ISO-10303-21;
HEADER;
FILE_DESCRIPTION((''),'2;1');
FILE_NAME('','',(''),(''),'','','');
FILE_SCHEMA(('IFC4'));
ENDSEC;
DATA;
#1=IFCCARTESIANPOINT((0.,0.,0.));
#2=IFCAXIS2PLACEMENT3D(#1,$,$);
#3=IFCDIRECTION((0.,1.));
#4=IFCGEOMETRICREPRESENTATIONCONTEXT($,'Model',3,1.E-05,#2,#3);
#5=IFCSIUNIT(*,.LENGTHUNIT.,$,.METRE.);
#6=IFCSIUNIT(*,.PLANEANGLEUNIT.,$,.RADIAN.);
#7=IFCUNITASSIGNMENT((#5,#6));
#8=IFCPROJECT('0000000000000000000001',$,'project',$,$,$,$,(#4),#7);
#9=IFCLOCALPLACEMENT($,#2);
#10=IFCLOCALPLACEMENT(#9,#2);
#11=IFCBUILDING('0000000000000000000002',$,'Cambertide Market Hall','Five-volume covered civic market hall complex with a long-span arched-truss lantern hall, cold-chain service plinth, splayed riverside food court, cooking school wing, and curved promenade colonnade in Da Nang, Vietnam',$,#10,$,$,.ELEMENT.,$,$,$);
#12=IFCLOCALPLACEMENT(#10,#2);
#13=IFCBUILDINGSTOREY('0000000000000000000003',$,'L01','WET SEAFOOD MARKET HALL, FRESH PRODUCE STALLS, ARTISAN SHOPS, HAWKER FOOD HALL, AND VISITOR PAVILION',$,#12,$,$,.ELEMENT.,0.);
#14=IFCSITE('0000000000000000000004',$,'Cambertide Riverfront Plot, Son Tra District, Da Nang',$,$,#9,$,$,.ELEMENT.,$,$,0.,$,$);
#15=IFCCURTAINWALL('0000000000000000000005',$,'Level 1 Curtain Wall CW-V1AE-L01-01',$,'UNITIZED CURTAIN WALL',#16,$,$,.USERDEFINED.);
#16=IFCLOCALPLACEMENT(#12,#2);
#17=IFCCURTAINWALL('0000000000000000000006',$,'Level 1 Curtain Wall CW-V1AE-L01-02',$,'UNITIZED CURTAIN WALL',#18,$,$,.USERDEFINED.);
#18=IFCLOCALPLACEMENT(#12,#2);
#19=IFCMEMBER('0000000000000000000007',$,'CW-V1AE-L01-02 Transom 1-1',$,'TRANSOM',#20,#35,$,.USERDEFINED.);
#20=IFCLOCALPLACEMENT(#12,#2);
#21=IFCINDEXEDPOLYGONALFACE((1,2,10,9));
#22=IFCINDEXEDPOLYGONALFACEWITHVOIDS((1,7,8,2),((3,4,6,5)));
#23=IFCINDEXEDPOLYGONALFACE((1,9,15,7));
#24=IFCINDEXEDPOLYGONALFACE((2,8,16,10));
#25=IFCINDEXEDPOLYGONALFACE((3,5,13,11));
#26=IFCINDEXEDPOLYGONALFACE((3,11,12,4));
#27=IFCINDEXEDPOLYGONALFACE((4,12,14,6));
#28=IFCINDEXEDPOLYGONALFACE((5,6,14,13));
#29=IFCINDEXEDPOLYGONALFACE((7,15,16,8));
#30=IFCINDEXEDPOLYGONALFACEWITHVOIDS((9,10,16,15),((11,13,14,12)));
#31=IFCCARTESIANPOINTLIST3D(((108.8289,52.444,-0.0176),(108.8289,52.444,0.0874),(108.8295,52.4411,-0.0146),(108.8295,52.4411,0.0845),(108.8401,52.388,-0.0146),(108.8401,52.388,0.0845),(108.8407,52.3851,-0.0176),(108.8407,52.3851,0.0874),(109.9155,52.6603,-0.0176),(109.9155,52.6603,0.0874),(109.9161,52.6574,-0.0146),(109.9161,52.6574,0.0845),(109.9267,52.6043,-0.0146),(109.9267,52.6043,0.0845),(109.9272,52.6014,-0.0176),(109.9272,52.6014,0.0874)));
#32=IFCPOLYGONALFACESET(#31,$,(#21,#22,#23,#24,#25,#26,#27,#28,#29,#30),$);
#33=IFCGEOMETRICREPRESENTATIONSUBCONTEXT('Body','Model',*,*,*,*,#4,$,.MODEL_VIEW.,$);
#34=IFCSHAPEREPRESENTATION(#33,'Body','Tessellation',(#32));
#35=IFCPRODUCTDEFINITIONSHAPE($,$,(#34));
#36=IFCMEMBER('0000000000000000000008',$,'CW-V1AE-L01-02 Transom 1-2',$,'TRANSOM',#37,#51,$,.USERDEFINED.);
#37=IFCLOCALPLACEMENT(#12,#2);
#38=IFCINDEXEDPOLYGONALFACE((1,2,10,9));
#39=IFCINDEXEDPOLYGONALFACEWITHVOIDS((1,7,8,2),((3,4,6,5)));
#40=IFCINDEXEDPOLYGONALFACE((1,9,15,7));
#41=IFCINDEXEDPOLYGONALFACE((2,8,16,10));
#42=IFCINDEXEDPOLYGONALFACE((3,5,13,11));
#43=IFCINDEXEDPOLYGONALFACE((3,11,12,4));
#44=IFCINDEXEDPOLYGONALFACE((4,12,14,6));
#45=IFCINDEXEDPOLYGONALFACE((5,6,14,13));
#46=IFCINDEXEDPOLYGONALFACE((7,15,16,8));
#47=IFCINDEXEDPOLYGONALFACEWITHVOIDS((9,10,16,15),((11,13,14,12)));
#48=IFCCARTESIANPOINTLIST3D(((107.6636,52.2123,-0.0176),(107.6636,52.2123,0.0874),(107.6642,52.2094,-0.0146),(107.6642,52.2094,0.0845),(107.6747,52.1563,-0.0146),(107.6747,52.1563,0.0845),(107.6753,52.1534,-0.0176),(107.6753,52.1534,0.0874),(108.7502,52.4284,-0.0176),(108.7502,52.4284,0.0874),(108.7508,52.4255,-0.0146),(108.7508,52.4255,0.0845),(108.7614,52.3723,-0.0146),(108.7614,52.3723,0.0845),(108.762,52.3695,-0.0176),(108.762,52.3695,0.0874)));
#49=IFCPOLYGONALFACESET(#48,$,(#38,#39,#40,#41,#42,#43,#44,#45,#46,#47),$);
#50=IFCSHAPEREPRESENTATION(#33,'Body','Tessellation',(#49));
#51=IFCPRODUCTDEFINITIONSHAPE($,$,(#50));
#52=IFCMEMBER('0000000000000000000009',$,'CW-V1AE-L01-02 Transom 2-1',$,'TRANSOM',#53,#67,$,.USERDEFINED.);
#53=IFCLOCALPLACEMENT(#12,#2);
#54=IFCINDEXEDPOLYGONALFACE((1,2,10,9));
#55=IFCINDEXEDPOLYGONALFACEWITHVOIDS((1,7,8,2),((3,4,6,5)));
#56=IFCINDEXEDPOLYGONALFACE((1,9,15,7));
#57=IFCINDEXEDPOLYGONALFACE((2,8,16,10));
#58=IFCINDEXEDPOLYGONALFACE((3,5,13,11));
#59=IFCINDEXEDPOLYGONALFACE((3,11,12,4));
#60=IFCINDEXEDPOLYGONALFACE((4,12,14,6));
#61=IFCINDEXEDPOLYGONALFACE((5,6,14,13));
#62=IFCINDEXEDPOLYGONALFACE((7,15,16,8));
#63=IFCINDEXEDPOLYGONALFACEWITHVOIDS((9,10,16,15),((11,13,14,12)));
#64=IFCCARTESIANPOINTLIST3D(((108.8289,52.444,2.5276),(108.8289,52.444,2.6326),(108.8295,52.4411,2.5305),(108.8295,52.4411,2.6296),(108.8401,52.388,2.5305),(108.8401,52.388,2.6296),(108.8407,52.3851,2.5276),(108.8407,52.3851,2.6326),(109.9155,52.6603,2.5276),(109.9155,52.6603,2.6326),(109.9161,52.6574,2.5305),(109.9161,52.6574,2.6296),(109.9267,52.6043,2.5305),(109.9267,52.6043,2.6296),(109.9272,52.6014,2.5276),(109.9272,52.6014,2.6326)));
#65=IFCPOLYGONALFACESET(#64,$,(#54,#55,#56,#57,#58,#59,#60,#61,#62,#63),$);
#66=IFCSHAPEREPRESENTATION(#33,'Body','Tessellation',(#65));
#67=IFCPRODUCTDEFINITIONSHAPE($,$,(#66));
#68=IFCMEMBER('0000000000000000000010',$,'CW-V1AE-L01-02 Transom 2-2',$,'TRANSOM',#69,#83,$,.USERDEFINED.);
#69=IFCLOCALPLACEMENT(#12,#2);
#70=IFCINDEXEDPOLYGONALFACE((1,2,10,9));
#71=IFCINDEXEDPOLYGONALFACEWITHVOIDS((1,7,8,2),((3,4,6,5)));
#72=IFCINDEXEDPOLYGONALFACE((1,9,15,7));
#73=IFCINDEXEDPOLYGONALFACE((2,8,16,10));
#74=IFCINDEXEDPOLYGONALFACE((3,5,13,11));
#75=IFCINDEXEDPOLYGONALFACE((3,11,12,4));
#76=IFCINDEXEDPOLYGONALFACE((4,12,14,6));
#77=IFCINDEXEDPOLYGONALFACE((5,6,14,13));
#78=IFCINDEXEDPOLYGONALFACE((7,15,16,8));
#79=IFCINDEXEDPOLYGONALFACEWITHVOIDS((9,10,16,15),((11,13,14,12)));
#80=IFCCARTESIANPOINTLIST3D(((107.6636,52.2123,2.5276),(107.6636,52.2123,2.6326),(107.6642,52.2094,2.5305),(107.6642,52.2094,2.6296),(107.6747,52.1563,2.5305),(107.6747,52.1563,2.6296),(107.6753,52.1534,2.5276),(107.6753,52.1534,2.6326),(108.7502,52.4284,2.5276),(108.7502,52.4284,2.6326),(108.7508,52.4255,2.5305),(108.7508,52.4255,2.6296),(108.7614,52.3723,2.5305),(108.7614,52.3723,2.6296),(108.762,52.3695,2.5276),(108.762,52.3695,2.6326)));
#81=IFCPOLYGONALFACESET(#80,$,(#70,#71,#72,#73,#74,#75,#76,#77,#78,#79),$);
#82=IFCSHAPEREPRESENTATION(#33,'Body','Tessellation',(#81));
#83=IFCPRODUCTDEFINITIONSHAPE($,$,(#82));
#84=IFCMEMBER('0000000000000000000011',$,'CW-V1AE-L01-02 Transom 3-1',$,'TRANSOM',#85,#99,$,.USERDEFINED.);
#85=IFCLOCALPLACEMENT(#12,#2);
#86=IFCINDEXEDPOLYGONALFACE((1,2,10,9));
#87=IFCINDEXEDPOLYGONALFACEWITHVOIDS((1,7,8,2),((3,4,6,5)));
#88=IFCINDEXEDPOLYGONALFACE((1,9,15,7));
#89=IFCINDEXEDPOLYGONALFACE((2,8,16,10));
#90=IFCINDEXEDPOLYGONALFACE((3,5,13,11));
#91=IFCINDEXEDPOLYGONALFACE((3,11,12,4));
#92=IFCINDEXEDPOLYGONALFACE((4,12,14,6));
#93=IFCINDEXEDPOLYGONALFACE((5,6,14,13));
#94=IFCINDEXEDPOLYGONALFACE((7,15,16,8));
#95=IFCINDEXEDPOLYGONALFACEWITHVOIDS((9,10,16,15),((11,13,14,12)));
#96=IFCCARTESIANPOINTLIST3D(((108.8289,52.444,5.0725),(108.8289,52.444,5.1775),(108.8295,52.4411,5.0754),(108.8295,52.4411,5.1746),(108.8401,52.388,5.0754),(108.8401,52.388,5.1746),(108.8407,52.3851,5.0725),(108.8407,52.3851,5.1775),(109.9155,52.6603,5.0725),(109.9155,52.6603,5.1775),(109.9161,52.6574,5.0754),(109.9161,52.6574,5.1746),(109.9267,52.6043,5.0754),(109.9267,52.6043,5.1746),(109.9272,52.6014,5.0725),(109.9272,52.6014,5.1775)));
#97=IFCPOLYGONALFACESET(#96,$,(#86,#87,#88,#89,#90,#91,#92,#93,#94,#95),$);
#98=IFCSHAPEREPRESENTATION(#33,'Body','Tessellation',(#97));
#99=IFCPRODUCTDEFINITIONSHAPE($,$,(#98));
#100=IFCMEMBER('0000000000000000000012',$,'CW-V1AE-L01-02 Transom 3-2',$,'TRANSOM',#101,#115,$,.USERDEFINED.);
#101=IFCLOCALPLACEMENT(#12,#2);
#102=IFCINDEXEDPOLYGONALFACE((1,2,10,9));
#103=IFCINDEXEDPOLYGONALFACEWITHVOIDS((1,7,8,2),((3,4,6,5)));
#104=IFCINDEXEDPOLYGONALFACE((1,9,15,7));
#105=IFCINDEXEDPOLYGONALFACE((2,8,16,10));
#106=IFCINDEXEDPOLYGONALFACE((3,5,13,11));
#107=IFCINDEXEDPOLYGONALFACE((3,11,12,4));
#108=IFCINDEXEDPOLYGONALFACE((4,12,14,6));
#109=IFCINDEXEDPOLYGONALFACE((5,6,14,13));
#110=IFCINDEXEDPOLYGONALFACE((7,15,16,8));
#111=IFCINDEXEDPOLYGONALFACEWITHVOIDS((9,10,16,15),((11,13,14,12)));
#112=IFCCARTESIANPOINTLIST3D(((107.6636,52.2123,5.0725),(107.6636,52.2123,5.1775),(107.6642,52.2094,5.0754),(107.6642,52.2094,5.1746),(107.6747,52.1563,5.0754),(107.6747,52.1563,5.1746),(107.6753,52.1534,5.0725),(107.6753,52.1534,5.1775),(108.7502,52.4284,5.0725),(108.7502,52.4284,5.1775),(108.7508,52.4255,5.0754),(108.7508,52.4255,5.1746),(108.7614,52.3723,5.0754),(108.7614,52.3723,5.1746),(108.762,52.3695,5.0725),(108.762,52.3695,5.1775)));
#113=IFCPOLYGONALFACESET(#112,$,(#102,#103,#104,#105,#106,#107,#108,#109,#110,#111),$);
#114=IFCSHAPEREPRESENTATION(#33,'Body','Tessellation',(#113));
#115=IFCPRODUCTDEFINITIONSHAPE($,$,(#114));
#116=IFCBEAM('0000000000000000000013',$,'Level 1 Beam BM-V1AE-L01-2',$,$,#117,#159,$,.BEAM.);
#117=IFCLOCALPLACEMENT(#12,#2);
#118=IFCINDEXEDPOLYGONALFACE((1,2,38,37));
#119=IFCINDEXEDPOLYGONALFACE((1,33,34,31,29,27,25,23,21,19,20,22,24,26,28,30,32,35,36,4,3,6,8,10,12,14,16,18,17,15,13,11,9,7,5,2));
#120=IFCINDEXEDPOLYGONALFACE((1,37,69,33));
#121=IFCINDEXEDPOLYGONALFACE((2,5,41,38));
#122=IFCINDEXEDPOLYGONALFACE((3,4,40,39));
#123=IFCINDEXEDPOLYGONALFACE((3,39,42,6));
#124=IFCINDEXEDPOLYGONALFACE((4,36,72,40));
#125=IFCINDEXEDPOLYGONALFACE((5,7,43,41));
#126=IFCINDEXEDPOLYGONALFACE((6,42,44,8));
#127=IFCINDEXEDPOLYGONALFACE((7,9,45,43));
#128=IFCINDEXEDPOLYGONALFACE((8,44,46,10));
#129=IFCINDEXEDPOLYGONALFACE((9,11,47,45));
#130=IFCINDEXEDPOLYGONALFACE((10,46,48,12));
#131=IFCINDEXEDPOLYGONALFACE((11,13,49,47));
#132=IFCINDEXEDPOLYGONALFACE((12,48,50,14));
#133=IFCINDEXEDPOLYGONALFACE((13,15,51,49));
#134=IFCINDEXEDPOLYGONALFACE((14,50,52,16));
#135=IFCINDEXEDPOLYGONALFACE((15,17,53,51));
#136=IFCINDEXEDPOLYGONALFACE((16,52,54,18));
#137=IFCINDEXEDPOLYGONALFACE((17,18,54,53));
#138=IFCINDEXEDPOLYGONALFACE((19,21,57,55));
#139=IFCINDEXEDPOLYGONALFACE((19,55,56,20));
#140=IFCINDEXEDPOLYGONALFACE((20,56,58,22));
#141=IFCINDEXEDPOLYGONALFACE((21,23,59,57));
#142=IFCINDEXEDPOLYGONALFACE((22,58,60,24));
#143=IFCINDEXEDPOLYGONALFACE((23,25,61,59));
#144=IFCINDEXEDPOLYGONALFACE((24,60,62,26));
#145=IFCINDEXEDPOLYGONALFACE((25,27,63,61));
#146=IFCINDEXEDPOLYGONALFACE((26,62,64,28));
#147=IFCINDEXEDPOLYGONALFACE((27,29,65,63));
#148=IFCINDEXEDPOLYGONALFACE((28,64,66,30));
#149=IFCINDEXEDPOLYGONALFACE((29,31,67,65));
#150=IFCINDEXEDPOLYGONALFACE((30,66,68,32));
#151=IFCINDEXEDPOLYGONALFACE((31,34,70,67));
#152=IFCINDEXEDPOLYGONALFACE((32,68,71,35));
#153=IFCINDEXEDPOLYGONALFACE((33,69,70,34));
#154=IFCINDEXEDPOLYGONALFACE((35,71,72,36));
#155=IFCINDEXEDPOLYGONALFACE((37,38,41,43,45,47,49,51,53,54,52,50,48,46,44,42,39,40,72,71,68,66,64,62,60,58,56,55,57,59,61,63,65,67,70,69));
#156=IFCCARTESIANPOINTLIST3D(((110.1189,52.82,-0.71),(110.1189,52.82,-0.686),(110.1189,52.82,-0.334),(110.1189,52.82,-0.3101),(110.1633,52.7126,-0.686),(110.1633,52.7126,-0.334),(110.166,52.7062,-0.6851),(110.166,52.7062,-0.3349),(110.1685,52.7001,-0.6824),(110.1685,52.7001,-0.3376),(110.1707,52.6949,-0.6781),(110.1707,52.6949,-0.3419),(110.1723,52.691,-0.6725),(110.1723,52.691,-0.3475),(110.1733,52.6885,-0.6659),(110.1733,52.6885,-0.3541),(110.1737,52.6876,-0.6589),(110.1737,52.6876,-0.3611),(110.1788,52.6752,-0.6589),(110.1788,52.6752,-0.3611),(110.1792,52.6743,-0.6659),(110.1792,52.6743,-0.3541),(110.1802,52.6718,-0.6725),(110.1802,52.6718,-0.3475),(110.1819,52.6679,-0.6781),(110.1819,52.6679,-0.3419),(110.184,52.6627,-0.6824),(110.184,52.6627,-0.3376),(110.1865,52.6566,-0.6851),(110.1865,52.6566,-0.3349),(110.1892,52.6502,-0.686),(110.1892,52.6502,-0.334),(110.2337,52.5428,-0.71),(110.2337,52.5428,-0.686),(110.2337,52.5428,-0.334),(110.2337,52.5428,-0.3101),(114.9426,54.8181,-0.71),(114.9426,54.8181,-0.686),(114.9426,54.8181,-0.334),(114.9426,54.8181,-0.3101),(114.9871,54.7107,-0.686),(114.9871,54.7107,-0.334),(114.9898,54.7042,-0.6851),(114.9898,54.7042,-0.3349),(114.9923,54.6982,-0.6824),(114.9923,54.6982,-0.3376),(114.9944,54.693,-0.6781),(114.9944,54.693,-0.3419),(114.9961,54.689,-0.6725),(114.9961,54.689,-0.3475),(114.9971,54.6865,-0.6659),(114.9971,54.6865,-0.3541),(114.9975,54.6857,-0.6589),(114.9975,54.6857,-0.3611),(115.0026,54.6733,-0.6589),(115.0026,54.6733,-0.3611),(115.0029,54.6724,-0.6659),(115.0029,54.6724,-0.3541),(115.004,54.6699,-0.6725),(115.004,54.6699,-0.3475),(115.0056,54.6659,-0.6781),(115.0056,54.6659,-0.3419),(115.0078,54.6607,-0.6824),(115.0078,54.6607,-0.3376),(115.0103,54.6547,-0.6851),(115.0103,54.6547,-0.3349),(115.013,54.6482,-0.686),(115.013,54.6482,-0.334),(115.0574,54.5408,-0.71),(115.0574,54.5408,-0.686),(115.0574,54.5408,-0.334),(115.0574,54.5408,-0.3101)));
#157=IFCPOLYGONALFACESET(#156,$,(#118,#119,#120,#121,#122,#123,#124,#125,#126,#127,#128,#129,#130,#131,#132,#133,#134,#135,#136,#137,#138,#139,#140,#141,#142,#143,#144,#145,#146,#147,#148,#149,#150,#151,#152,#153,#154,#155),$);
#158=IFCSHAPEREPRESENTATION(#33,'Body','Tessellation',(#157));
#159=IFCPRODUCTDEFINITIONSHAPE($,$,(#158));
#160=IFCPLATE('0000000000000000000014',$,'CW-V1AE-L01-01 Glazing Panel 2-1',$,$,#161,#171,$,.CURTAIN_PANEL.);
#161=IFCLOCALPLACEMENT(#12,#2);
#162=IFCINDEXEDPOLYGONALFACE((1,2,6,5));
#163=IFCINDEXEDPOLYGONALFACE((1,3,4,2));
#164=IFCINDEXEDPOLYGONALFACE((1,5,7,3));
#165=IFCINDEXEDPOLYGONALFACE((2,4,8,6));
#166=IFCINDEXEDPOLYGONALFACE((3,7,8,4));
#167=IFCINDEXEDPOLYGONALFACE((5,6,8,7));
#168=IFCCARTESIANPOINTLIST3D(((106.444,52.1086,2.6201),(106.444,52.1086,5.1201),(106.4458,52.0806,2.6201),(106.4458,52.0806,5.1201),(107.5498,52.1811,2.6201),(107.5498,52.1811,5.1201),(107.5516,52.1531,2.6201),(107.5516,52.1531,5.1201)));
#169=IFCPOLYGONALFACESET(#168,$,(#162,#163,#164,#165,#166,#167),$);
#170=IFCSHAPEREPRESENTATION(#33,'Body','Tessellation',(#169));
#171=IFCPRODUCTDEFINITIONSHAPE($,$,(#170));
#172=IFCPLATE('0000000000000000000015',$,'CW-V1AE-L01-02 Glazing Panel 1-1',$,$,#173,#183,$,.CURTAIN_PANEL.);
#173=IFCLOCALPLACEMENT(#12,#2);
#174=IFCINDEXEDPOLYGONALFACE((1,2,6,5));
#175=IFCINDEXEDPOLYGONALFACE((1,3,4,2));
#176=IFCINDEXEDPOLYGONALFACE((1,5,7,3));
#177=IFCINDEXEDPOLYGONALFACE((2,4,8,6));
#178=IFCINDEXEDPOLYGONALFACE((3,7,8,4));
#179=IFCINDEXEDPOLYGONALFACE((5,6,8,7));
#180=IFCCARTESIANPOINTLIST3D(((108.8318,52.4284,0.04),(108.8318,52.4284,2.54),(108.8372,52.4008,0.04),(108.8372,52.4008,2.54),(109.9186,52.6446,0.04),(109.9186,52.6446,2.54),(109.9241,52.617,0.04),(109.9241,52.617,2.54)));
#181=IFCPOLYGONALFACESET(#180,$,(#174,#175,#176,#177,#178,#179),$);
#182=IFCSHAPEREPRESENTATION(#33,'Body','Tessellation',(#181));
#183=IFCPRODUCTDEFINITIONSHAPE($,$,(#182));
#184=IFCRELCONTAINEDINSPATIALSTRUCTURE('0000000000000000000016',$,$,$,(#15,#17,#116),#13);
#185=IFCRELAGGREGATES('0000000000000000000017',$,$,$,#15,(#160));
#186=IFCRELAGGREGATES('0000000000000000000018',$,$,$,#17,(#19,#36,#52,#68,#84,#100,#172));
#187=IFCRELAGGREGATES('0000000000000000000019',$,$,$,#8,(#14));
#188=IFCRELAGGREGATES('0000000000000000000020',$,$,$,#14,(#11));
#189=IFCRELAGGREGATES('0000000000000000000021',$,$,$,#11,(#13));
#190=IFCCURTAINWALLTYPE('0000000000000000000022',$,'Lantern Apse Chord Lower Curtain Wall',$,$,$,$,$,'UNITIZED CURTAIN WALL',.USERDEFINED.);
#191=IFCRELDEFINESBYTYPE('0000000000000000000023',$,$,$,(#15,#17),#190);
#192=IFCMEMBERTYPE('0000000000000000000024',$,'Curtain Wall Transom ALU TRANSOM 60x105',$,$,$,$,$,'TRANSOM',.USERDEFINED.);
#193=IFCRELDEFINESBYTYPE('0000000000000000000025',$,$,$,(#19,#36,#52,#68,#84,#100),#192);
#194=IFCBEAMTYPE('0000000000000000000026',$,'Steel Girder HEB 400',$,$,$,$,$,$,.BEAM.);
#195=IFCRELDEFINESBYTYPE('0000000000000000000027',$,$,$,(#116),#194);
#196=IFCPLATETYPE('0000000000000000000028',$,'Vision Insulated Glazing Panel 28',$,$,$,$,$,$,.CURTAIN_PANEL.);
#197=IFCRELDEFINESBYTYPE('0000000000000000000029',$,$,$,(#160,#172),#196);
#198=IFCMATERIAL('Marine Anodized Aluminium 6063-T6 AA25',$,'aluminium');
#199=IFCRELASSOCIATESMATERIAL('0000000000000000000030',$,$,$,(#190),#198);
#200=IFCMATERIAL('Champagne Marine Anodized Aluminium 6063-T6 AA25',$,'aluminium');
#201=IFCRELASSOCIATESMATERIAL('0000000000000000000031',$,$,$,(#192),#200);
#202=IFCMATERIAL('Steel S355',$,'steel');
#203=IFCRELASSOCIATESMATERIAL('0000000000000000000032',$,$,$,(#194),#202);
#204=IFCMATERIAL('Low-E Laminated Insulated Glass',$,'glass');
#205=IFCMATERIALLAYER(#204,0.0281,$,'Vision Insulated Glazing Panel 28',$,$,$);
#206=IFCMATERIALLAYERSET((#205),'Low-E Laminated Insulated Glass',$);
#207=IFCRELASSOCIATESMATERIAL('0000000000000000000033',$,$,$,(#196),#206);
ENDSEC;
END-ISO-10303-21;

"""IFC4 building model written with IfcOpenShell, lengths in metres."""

from ifc_helpers import new_model, si_unit, direction, frame, origin, origin_2d, place, context, subcontext, project, spatial, rectangle, hollow_rectangle, i_section, extrude, material, layer, layer_set, material_profile, profile_set, type_object, element, aggregate, save


model = new_model("IFC4")

# Units and contexts
model_context = context("Model", 3, precision=1e-05, world=origin(), true_north=direction((0.0, 1.0)))
body_context = subcontext(model_context, "Body", "Model", "MODEL_VIEW")
ifc_project = project(units=[si_unit("LENGTHUNIT", "METRE"), si_unit("PLANEANGLEUNIT", "RADIAN")], contexts=[model_context])

# Site, building, storey
site_placement = place(None, origin())
site = spatial("IfcSite", under=ifc_project, at=site_placement, Name="Cambertide Riverfront Plot, Son Tra District, Da Nang", CompositionType="ELEMENT", RefElevation=0.0)
building_placement = place(site_placement, origin())
building = spatial("IfcBuilding", under=site, at=building_placement, Name="Cambertide Market Hall", Description="Five-volume covered civic market hall complex with a long-span arched-truss lantern hall, cold-chain service plinth, splayed riverside food court, cooking school wing, and curved promenade colonnade in Da Nang, Vietnam", CompositionType="ELEMENT")
storey_placement = place(building_placement, origin())
storey = spatial("IfcBuildingStorey", under=building, at=storey_placement, Name="L01", Description="WET SEAFOOD MARKET HALL, FRESH PRODUCE STALLS, ARTISAN SHOPS, HAWKER FOOD HALL, AND VISITOR PAVILION", CompositionType="ELEMENT", Elevation=0.0)

# Curtain wall
ifc_material_1 = material(Name="Marine Anodized Aluminium 6063-T6 AA25", Category="aluminium")
curtain_wall_type = type_object("IfcCurtainWallType", Name="Lantern Apse Chord Lower Curtain Wall", ElementType="UNITIZED CURTAIN WALL", PredefinedType="USERDEFINED", material=ifc_material_1)
curtain_wall_1_placement = place(storey_placement, origin())
curtain_wall_1 = element("IfcCurtainWall", 1, at=curtain_wall_1_placement, inside=storey, type_object=curtain_wall_type, Name="Level 1 Curtain Wall CW-V1AE-L01-01", ObjectType="UNITIZED CURTAIN WALL", PredefinedType="USERDEFINED")

# Curtain wall
curtain_wall_2_placement = place(storey_placement, origin())
curtain_wall_2 = element("IfcCurtainWall", 2, at=curtain_wall_2_placement, inside=storey, type_object=curtain_wall_type, Name="Level 1 Curtain Wall CW-V1AE-L01-02", ObjectType="UNITIZED CURTAIN WALL", PredefinedType="USERDEFINED")

# Members
ifc_material_2 = material(Name="Champagne Marine Anodized Aluminium 6063-T6 AA25", Category="aluminium")
ifc_material_profile_1 = material_profile(ifc_material_2, hollow_rectangle(XDim=0.0601, YDim=0.105, WallThickness=0.0029, at=origin_2d()), Name="ALU TRANSOM 60x105")
ifc_profile_set_1 = profile_set([ifc_material_profile_1], Name="Champagne Marine Anodized Aluminium 6063-T6 AA25")
member_type_1 = type_object("IfcMemberType", Name="Curtain Wall Transom ALU TRANSOM 60x105", ElementType="TRANSOM", PredefinedType="USERDEFINED", material=ifc_profile_set_1)
member_1_placement = place(storey_placement, frame((109.9214, 52.6309, 0.0349), z_axis=(-0.980758, -0.195226, 0.0), x_axis=(0.195226, -0.980758, 0.0)))
member_1 = element("IfcMember", 3, at=member_1_placement, type_object=member_type_1, Name="CW-V1AE-L01-02 Transom 1-1", ObjectType="TRANSOM", PredefinedType="USERDEFINED", context=body_context, shape_type="SweptSolid", body=[
    extrude(hollow_rectangle(XDim=0.0601, YDim=0.105, WallThickness=0.0029, at=origin_2d()), origin(), (0.0, 0.0, 1.0), 1.1079),
])
member_2_placement = place(storey_placement, frame((108.7561, 52.3989, 0.0349), z_axis=(-0.9808, -0.195014, 0.0), x_axis=(0.195014, -0.9808, 0.0)))
member_2 = element("IfcMember", 4, at=member_2_placement, type_object=member_type_1, Name="CW-V1AE-L01-02 Transom 1-2", ObjectType="TRANSOM", PredefinedType="USERDEFINED", context=body_context, shape_type="SweptSolid", body=[
    extrude(hollow_rectangle(XDim=0.0601, YDim=0.105, WallThickness=0.0029, at=origin_2d()), origin(), (0.0, 0.0, 1.0), 1.1079),
])
member_3_placement = place(storey_placement, frame((109.9214, 52.6309, 2.5801), z_axis=(-0.980758, -0.195226, 0.0), x_axis=(0.195226, -0.980758, 0.0)))
member_3 = element("IfcMember", 5, at=member_3_placement, type_object=member_type_1, Name="CW-V1AE-L01-02 Transom 2-1", ObjectType="TRANSOM", PredefinedType="USERDEFINED", context=body_context, shape_type="SweptSolid", body=[
    extrude(hollow_rectangle(XDim=0.0601, YDim=0.105, WallThickness=0.0029, at=origin_2d()), origin(), (0.0, 0.0, 1.0), 1.1079),
])
member_4_placement = place(storey_placement, frame((108.7561, 52.3989, 2.5801), z_axis=(-0.9808, -0.195014, 0.0), x_axis=(0.195014, -0.9808, 0.0)))
member_4 = element("IfcMember", 6, at=member_4_placement, type_object=member_type_1, Name="CW-V1AE-L01-02 Transom 2-2", ObjectType="TRANSOM", PredefinedType="USERDEFINED", context=body_context, shape_type="SweptSolid", body=[
    extrude(hollow_rectangle(XDim=0.0601, YDim=0.105, WallThickness=0.0029, at=origin_2d()), origin(), (0.0, 0.0, 1.0), 1.1079),
])
member_5_placement = place(storey_placement, frame((109.9214, 52.6309, 5.125), z_axis=(-0.980758, -0.195226, 0.0), x_axis=(0.195226, -0.980758, 0.0)))
member_5 = element("IfcMember", 7, at=member_5_placement, type_object=member_type_1, Name="CW-V1AE-L01-02 Transom 3-1", ObjectType="TRANSOM", PredefinedType="USERDEFINED", context=body_context, shape_type="SweptSolid", body=[
    extrude(hollow_rectangle(XDim=0.0601, YDim=0.105, WallThickness=0.0029, at=origin_2d()), origin(), (0.0, 0.0, 1.0), 1.1079),
])
member_6_placement = place(storey_placement, frame((108.7561, 52.3989, 5.125), z_axis=(-0.9808, -0.195014, 0.0), x_axis=(0.195014, -0.9808, 0.0)))
member_6 = element("IfcMember", 8, at=member_6_placement, type_object=member_type_1, Name="CW-V1AE-L01-02 Transom 3-2", ObjectType="TRANSOM", PredefinedType="USERDEFINED", context=body_context, shape_type="SweptSolid", body=[
    extrude(hollow_rectangle(XDim=0.0601, YDim=0.105, WallThickness=0.0029, at=origin_2d()), origin(), (0.0, 0.0, 1.0), 1.1079),
])

# Beam
ifc_material_3 = material(Name="Steel S355", Category="steel")
ifc_material_profile_2 = material_profile(ifc_material_3, i_section(OverallWidth=0.3, OverallDepth=0.3999, WebThickness=0.0134, FlangeThickness=0.0239, FilletRadius=0.0271, at=origin_2d()), Name="HEB 400")
ifc_profile_set_2 = profile_set([ifc_material_profile_2], Name="Steel S355")
beam_type = type_object("IfcBeamType", Name="Steel Girder HEB 400", PredefinedType="BEAM", material=ifc_profile_set_2)
beam_placement = place(storey_placement, frame((110.1763, 52.6814, -0.51), z_axis=(0.92388, 0.382682, 0.0), x_axis=(-0.382682, 0.92388, 0.0)))
element("IfcBeam", 9, at=beam_placement, inside=storey, type_object=beam_type, Name="Level 1 Beam BM-V1AE-L01-2", PredefinedType="BEAM", context=body_context, shape_type="SweptSolid", body=[
    extrude(i_section(OverallWidth=0.3, OverallDepth=0.3999, WebThickness=0.0134, FlangeThickness=0.0239, FilletRadius=0.0271, at=origin_2d()), origin(), (0.0, 0.0, 1.0), 5.2212),
])

# Plates
ifc_material_4 = material(Name="Low-E Laminated Insulated Glass", Category="glass")
ifc_layer_1 = layer(ifc_material_4, 0.0281, Name="Vision Insulated Glazing Panel 28")
ifc_layer_set_1 = layer_set([ifc_layer_1], Name="Low-E Laminated Insulated Glass")
plate_type = type_object("IfcPlateType", Name="Vision Insulated Glazing Panel 28", PredefinedType="CURTAIN_PANEL", material=ifc_layer_set_1)
plate_1_placement = place(storey_placement, frame((106.9978, 52.1309, 2.6201), z_axis=(0.0, 0.0, 1.0), x_axis=(-0.997859, -0.065403, 0.0)))
plate_1 = element("IfcPlate", 10, at=plate_1_placement, type_object=plate_type, Name="CW-V1AE-L01-01 Glazing Panel 2-1", PredefinedType="CURTAIN_PANEL", context=body_context, shape_type="SweptSolid", body=[
    extrude(rectangle(XDim=1.1082, YDim=0.0281, at=origin_2d()), origin(), (0.0, 0.0, 1.0), 2.5),
])
aggregate(curtain_wall_1, [plate_1])
plate_2_placement = place(storey_placement, frame((109.3779, 52.5227, 0.04), z_axis=(0.0, 0.0, 1.0), x_axis=(-0.980785, -0.19509, 0.0)))
plate_2 = element("IfcPlate", 11, at=plate_2_placement, type_object=plate_type, Name="CW-V1AE-L01-02 Glazing Panel 1-1", PredefinedType="CURTAIN_PANEL", context=body_context, shape_type="SweptSolid", body=[
    extrude(rectangle(XDim=1.1082, YDim=0.0281, at=origin_2d()), origin(), (0.0, 0.0, 1.0), 2.5),
])
aggregate(curtain_wall_2, [member_1, member_2, member_3, member_4, member_5, member_6, plate_2])

save(model, "model.ifc")
